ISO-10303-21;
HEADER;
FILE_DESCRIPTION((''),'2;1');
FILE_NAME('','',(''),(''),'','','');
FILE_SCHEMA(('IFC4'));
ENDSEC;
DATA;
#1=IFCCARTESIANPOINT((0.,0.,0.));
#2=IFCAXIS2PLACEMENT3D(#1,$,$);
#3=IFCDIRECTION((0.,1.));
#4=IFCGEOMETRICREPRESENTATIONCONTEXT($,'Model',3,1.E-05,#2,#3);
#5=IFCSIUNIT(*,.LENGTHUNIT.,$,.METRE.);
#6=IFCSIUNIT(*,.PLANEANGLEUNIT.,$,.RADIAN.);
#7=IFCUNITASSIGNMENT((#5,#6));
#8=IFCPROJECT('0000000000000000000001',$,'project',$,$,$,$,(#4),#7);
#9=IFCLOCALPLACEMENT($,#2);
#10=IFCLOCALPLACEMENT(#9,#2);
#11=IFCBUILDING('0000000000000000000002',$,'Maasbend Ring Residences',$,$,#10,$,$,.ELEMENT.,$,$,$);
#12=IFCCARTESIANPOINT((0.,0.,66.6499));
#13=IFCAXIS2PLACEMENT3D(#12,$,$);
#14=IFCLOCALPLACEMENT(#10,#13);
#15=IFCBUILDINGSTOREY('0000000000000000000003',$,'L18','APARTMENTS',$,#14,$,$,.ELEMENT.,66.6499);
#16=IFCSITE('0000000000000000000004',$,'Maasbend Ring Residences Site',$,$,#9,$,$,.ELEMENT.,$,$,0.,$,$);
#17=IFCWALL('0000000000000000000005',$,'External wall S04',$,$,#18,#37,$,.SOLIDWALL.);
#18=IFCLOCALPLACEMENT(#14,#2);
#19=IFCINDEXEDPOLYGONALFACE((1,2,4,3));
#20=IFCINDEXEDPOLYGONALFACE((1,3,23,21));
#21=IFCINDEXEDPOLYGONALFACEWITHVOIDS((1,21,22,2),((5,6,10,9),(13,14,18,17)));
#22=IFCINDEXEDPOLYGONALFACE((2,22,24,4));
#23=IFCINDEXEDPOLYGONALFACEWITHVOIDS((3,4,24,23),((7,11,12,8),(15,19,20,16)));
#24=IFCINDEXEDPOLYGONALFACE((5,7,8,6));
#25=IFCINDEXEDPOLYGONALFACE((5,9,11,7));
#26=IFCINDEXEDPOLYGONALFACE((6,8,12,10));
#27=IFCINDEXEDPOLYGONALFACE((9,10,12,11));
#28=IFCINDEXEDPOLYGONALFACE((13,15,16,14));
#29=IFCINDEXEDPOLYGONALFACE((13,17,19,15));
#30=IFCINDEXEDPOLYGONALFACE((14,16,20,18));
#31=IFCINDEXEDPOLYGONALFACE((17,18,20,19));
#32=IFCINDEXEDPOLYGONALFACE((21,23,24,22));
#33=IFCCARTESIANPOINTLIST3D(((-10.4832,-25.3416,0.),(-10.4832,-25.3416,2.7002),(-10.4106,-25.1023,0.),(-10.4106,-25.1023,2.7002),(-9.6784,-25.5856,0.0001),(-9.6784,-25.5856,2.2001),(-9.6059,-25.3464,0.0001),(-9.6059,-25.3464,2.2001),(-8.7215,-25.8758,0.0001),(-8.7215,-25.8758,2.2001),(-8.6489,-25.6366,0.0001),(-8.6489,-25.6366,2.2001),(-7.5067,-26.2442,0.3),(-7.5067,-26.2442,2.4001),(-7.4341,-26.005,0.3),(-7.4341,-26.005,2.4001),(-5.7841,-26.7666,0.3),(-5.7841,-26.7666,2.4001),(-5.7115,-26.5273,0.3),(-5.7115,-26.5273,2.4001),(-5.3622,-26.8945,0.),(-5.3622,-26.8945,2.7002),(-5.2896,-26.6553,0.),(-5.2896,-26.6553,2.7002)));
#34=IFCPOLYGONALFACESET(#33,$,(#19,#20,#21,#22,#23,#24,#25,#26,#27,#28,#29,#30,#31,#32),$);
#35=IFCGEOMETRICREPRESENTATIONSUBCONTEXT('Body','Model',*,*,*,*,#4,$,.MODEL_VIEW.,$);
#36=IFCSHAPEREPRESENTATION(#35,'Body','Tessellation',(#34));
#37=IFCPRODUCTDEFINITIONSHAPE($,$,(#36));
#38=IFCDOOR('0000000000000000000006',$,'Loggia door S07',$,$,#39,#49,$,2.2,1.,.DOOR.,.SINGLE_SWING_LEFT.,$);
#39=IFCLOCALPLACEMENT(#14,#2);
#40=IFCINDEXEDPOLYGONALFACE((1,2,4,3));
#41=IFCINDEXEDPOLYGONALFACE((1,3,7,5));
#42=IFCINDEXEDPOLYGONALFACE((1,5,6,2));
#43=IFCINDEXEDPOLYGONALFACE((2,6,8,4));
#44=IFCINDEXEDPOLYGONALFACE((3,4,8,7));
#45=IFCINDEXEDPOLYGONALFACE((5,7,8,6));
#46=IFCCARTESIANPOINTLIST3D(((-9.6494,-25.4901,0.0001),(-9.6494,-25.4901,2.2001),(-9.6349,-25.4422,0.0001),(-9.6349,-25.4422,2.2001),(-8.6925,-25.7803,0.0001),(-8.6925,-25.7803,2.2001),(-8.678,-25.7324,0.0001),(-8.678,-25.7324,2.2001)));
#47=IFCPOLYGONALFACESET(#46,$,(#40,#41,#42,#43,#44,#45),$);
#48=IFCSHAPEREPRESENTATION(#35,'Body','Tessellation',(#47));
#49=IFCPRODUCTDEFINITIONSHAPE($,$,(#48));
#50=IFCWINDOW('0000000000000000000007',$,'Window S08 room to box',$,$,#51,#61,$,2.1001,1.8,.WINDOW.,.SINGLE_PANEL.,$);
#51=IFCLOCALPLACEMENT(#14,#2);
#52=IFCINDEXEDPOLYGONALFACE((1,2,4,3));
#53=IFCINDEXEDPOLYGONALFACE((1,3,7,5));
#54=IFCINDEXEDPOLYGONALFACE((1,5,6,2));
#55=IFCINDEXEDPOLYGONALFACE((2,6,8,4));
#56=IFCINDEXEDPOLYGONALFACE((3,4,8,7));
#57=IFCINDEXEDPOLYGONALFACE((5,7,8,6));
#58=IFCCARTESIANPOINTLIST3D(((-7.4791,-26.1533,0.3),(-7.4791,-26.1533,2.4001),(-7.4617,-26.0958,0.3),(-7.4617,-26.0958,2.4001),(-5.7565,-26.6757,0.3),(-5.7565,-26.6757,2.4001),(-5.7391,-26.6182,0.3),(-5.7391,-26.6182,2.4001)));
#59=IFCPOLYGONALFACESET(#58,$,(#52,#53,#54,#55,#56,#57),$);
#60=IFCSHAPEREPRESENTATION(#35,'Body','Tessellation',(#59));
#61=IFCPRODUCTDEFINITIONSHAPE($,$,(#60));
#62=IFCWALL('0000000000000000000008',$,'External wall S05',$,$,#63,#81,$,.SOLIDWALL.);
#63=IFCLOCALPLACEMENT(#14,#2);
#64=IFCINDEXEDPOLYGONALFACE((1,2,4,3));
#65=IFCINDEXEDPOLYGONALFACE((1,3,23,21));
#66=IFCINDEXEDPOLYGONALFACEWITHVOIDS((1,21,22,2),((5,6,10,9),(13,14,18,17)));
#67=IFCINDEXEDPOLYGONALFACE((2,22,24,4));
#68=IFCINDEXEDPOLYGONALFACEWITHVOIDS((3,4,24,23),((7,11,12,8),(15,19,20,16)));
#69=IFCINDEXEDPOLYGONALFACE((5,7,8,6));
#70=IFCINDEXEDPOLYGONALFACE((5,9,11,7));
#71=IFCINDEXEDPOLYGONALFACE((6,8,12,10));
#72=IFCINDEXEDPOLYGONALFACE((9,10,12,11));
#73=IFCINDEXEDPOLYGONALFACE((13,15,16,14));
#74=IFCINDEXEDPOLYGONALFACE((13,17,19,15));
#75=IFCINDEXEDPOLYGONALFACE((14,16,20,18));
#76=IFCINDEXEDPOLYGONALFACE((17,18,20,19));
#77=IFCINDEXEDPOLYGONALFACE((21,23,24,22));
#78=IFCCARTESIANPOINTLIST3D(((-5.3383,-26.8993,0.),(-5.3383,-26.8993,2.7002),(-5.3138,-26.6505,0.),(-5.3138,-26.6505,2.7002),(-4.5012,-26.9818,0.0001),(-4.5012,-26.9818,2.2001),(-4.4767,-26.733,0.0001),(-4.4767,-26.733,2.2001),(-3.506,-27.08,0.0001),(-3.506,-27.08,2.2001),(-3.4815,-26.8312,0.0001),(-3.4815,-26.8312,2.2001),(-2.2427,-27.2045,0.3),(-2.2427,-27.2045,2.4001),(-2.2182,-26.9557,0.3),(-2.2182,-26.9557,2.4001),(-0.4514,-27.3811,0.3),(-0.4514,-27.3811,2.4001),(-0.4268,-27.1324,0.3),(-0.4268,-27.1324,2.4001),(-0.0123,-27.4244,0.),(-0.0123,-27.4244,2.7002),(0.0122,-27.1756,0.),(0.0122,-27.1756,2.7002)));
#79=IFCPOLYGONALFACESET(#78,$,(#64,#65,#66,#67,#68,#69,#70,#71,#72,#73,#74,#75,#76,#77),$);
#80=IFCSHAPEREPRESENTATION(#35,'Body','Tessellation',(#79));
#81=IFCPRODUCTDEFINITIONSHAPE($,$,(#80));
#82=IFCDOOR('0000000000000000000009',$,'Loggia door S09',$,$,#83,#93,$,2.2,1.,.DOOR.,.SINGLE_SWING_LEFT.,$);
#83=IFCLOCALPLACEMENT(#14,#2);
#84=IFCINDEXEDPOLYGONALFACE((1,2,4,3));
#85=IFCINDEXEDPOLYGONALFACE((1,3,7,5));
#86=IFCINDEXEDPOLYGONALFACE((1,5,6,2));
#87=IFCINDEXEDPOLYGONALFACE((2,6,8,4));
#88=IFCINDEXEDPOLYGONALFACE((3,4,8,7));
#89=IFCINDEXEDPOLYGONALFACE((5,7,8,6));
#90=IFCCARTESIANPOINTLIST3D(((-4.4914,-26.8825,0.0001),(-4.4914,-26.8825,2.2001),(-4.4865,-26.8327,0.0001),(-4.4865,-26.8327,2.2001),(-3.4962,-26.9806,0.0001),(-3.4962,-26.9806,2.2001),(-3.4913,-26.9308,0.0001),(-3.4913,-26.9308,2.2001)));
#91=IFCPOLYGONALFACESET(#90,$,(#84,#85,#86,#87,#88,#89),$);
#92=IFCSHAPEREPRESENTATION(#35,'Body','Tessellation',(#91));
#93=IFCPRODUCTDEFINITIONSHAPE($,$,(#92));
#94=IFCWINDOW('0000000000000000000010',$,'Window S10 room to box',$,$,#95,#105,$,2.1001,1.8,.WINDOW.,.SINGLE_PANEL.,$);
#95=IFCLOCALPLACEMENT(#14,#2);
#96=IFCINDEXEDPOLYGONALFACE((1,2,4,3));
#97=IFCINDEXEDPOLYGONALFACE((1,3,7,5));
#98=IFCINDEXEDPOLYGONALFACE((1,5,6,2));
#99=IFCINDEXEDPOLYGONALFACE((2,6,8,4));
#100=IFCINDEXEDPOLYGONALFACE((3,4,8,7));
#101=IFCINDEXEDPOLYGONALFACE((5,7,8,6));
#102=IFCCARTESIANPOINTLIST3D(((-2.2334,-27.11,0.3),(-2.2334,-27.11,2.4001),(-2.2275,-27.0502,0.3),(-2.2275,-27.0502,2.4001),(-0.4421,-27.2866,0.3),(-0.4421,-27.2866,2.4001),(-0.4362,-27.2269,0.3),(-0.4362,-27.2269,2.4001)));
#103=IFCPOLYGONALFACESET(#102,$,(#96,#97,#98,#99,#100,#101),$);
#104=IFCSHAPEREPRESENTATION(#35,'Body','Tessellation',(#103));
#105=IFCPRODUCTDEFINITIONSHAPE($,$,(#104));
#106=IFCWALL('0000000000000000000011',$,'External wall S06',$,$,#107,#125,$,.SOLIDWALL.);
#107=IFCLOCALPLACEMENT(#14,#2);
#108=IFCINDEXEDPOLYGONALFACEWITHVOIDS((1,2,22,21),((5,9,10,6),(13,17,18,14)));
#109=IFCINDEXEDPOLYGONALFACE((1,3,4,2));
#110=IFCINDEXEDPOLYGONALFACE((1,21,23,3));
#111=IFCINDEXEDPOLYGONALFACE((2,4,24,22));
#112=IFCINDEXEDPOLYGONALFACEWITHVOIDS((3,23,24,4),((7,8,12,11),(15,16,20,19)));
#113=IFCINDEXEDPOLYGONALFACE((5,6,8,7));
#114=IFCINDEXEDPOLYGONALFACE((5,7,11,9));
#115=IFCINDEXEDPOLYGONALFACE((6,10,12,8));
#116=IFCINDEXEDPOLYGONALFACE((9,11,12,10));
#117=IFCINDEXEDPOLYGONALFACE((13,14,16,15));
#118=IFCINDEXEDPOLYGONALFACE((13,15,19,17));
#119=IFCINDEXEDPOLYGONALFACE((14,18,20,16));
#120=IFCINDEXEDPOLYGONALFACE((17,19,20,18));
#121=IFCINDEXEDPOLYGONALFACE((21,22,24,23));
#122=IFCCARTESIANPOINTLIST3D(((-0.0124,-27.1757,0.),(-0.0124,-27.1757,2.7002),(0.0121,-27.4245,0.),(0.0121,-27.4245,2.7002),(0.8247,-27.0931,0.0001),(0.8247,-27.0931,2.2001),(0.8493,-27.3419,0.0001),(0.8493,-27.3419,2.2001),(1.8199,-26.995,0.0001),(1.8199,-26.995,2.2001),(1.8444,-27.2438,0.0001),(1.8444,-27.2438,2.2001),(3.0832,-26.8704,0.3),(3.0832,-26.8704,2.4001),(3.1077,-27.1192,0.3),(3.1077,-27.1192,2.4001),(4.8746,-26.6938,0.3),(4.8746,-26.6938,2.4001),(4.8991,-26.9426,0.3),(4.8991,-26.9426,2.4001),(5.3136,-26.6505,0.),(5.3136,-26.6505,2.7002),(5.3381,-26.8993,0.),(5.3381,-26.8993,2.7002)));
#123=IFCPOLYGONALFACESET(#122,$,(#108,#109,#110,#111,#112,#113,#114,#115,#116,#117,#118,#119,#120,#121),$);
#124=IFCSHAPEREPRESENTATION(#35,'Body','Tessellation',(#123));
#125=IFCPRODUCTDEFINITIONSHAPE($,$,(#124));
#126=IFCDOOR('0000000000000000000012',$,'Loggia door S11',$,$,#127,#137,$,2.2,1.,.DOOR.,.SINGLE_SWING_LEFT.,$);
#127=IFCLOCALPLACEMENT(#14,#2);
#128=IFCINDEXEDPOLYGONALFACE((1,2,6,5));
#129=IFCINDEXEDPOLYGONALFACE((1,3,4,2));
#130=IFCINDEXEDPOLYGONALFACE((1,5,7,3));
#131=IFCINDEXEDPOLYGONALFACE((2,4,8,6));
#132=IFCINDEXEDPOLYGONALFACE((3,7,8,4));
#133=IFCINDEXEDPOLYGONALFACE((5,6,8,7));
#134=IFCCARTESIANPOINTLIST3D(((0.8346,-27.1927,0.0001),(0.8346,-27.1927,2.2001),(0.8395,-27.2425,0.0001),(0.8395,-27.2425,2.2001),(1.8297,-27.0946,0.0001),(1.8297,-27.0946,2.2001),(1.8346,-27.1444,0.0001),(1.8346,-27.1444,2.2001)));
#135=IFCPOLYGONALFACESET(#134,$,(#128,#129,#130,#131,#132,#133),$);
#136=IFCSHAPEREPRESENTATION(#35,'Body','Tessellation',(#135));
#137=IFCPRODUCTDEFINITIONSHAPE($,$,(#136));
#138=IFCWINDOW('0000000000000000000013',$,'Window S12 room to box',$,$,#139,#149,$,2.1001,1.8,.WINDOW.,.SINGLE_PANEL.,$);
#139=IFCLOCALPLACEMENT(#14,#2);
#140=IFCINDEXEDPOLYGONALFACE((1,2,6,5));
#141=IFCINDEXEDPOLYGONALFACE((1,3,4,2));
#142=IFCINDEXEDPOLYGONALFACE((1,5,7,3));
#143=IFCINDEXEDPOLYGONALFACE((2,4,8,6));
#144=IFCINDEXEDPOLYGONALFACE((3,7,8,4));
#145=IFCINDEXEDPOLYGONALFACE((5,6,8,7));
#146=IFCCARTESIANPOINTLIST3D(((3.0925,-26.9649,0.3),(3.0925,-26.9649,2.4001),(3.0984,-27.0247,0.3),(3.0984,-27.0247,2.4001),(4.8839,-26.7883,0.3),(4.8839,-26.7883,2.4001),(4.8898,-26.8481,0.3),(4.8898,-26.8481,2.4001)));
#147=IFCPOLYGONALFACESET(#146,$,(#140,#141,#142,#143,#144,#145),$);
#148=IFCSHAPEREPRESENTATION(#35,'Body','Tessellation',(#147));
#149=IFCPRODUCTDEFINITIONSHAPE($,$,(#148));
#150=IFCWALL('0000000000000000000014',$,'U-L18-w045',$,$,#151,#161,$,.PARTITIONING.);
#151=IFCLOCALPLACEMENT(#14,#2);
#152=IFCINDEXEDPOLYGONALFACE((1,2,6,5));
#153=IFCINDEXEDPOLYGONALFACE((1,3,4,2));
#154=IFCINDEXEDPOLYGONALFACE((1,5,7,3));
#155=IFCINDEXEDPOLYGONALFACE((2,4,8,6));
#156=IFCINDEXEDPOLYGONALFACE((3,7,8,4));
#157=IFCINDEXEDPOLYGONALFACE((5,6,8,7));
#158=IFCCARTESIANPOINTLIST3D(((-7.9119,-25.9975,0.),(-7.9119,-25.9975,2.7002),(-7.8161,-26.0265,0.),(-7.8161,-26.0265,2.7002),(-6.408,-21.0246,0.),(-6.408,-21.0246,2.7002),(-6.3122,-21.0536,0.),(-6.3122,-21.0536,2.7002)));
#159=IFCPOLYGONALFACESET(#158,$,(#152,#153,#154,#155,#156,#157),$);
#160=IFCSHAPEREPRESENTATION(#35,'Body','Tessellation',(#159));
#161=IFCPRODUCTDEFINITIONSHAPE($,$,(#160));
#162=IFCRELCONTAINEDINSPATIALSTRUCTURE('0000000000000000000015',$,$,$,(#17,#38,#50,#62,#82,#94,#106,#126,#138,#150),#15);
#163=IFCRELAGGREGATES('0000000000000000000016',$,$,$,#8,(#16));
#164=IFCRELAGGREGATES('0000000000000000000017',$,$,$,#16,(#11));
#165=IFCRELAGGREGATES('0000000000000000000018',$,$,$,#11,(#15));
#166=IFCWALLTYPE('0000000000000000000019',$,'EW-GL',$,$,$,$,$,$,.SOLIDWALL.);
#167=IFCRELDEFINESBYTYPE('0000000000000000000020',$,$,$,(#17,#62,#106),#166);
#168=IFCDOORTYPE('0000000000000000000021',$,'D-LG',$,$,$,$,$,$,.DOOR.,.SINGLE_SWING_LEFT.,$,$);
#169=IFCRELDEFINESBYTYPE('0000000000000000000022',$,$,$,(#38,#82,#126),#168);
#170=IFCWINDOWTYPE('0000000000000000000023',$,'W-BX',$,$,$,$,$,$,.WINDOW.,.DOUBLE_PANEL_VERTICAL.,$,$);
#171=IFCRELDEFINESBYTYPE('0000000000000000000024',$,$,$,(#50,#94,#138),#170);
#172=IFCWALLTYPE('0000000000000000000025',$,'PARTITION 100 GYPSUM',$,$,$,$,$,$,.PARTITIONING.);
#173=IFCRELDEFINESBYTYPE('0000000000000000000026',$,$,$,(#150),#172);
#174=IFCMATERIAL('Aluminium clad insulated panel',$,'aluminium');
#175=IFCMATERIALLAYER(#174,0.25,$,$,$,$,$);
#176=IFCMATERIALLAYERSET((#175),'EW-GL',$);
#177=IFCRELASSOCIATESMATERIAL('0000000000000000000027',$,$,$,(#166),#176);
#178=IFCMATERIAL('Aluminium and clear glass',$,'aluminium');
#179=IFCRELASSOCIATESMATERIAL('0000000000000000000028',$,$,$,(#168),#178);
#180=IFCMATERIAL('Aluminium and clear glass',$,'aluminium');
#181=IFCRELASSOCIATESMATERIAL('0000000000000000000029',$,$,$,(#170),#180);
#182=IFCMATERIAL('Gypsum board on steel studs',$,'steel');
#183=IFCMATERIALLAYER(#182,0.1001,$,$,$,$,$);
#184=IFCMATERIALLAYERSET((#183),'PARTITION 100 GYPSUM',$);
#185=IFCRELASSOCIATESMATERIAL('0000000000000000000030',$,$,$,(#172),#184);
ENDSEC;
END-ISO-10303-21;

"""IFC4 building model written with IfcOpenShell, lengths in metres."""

from ifc_helpers import new_model, si_unit, direction, frame, frame_2d, origin, place, context, subcontext, project, spatial, rectangle, extrude, material, layer, layer_set, type_object, element, fill, save


model = new_model("IFC4")

# Units and contexts
model_context = context("Model", 3, precision=1e-05, world=origin(), true_north=direction((0.0, 1.0)))
body_context = subcontext(model_context, "Body", "Model", "MODEL_VIEW")
ifc_project = project(units=[si_unit("LENGTHUNIT", "METRE"), si_unit("PLANEANGLEUNIT", "RADIAN")], contexts=[model_context])

# Site, building, storey
site_placement = place(None, origin())
site = spatial("IfcSite", under=ifc_project, at=site_placement, Name="Maasbend Ring Residences Site", CompositionType="ELEMENT", RefElevation=0.0)
building_placement = place(site_placement, origin())
building = spatial("IfcBuilding", under=site, at=building_placement, Name="Maasbend Ring Residences", CompositionType="ELEMENT")
storey_placement = place(building_placement, frame((0.0, 0.0, 66.6499)))
storey = spatial("IfcBuildingStorey", under=building, at=storey_placement, Name="L18", Description="APARTMENTS", CompositionType="ELEMENT", Elevation=66.6499)

# Walls, openings, doors, windows
ifc_material_1 = material(Name="Aluminium clad insulated panel", Category="aluminium")
ifc_layer_1 = layer(ifc_material_1, 0.25)
ifc_layer_set_1 = layer_set([ifc_layer_1], Name="EW-GL")
wall_type_1 = type_object("IfcWallType", Name="EW-GL", PredefinedType="SOLIDWALL", material=ifc_layer_set_1)
wall_1_placement = place(storey_placement, frame((-10.447, -25.2219, 0.0), z_axis=(0.0, 0.0, 1.0), x_axis=(0.956966, -0.290201, 0.0)))
wall_1 = element("IfcWall", 1, at=wall_1_placement, inside=storey, type_object=wall_type_1, Name="External wall S04", PredefinedType="SOLIDWALL", context=body_context, shape_type="SweptSolid", body=[
    extrude(rectangle(XDim=5.3513, YDim=0.25, at=frame_2d((2.6758, 0.0))), origin(), (0.0, 0.0, 1.0), 2.7002),
])
opening_1_placement = place(wall_1_placement, frame((0.8411, 0.0, 0.0)))
opening_1 = element("IfcOpeningElement", 2, at=opening_1_placement, cuts=wall_1, PredefinedType="OPENING", context=body_context, shape_type="SweptSolid", body=[
    extrude(rectangle(XDim=1.0, YDim=2.2, at=frame_2d((0.5, 1.1001))), frame((0.0, 0.135, 0.0), z_axis=(0.0, -1.0, 0.0), x_axis=(1.0, 0.0, 0.0)), (0.0, 0.0, 1.0), 0.27),
])
opening_2_placement = place(wall_1_placement, frame((3.1106, 0.0, 0.3)))
opening_2 = element("IfcOpeningElement", 3, at=opening_2_placement, cuts=wall_1, PredefinedType="OPENING", context=body_context, shape_type="SweptSolid", body=[
    extrude(rectangle(XDim=1.8, YDim=2.1001, at=frame_2d((0.8999, 1.05))), frame((0.0, 0.135, 0.0), z_axis=(0.0, -1.0, 0.0), x_axis=(1.0, 0.0, 0.0)), (0.0, 0.0, 1.0), 0.27),
])
ifc_material_2 = material(Name="Aluminium and clear glass", Category="aluminium")
door_type = type_object("IfcDoorType", Name="D-LG", OperationType="SINGLE_SWING_LEFT", PredefinedType="DOOR", material=ifc_material_2)
door_1_placement = place(opening_1_placement, origin())
door_1 = element("IfcDoor", 4, at=door_1_placement, inside=storey, type_object=door_type, Name="Loggia door S07", OperationType="SINGLE_SWING_LEFT", OverallHeight=2.2, OverallWidth=1.0, PredefinedType="DOOR", context=body_context, shape_type="SweptSolid", body=[
    extrude(rectangle(XDim=1.0, YDim=2.2, at=frame_2d((0.5, 1.1001))), frame((0.0, 0.0249, 0.0), z_axis=(0.0, -1.0, 0.0), x_axis=(1.0, 0.0, 0.0)), (0.0, 0.0, 1.0), 0.05),
])
fill(opening_1, door_1)
ifc_material_3 = material(Name="Aluminium and clear glass", Category="aluminium")
window_type_1 = type_object("IfcWindowType", Name="W-BX", PartitioningType="DOUBLE_PANEL_VERTICAL", PredefinedType="WINDOW", material=ifc_material_3)
window_1_placement = place(opening_2_placement, origin())
window_1 = element("IfcWindow", 5, at=window_1_placement, inside=storey, type_object=window_type_1, Name="Window S08 room to box", OverallHeight=2.1001, OverallWidth=1.8, PartitioningType="SINGLE_PANEL", PredefinedType="WINDOW", context=body_context, shape_type="SweptSolid", body=[
    extrude(rectangle(XDim=1.8, YDim=2.1001, at=frame_2d((0.8999, 1.05))), frame((0.0, 0.03, 0.0), z_axis=(0.0, -1.0, 0.0), x_axis=(1.0, 0.0, 0.0)), (0.0, 0.0, 1.0), 0.0601),
])
fill(opening_2, window_1)
wall_2_placement = place(storey_placement, frame((-5.3259, -26.7749, 0.0), z_axis=(0.0, 0.0, 1.0), x_axis=(0.995174, -0.098126, 0.0)))
wall_2 = element("IfcWall", 6, at=wall_2_placement, inside=storey, type_object=wall_type_1, Name="External wall S05", PredefinedType="SOLIDWALL", context=body_context, shape_type="SweptSolid", body=[
    extrude(rectangle(XDim=5.3518, YDim=0.25, at=frame_2d((2.6758, 0.0))), origin(), (0.0, 0.0, 1.0), 2.7002),
])
opening_3_placement = place(wall_2_placement, frame((0.8411, 0.0, 0.0)))
opening_3 = element("IfcOpeningElement", 7, at=opening_3_placement, cuts=wall_2, PredefinedType="OPENING", context=body_context, shape_type="SweptSolid", body=[
    extrude(rectangle(XDim=1.0, YDim=2.2, at=frame_2d((0.5, 1.1001))), frame((0.0, 0.135, 0.0), z_axis=(0.0, -1.0, 0.0), x_axis=(1.0, 0.0, 0.0)), (0.0, 0.0, 1.0), 0.27),
])
opening_4_placement = place(wall_2_placement, frame((3.1106, 0.0, 0.3)))
opening_4 = element("IfcOpeningElement", 8, at=opening_4_placement, cuts=wall_2, PredefinedType="OPENING", context=body_context, shape_type="SweptSolid", body=[
    extrude(rectangle(XDim=1.8, YDim=2.1001, at=frame_2d((0.8999, 1.05))), frame((0.0, 0.135, 0.0), z_axis=(0.0, -1.0, 0.0), x_axis=(1.0, 0.0, 0.0)), (0.0, 0.0, 1.0), 0.27),
])
door_2_placement = place(opening_3_placement, origin())
door_2 = element("IfcDoor", 9, at=door_2_placement, inside=storey, type_object=door_type, Name="Loggia door S09", OperationType="SINGLE_SWING_LEFT", OverallHeight=2.2, OverallWidth=1.0, PredefinedType="DOOR", context=body_context, shape_type="SweptSolid", body=[
    extrude(rectangle(XDim=1.0, YDim=2.2, at=frame_2d((0.5, 1.1001))), frame((0.0, 0.0249, 0.0), z_axis=(0.0, -1.0, 0.0), x_axis=(1.0, 0.0, 0.0)), (0.0, 0.0, 1.0), 0.05),
])
fill(opening_3, door_2)
window_2_placement = place(opening_4_placement, origin())
window_2 = element("IfcWindow", 10, at=window_2_placement, inside=storey, type_object=window_type_1, Name="Window S10 room to box", OverallHeight=2.1001, OverallWidth=1.8, PartitioningType="SINGLE_PANEL", PredefinedType="WINDOW", context=body_context, shape_type="SweptSolid", body=[
    extrude(rectangle(XDim=1.8, YDim=2.1001, at=frame_2d((0.8999, 1.05))), frame((0.0, 0.03, 0.0), z_axis=(0.0, -1.0, 0.0), x_axis=(1.0, 0.0, 0.0)), (0.0, 0.0, 1.0), 0.0601),
])
fill(opening_4, window_2)
wall_3_placement = place(storey_placement, frame((0.0, -27.3, 0.0), z_axis=(0.0, 0.0, 1.0), x_axis=(0.995174, 0.098126, 0.0)))
wall_3 = element("IfcWall", 11, at=wall_3_placement, inside=storey, type_object=wall_type_1, Name="External wall S06", PredefinedType="SOLIDWALL", context=body_context, shape_type="SweptSolid", body=[
    extrude(rectangle(XDim=5.3518, YDim=0.25, at=frame_2d((2.6758, 0.0))), origin(), (0.0, 0.0, 1.0), 2.7002),
])
opening_5_placement = place(wall_3_placement, frame((0.8411, 0.0, 0.0)))
opening_5 = element("IfcOpeningElement", 12, at=opening_5_placement, cuts=wall_3, PredefinedType="OPENING", context=body_context, shape_type="SweptSolid", body=[
    extrude(rectangle(XDim=1.0, YDim=2.2, at=frame_2d((0.5, 1.1001))), frame((0.0, 0.135, 0.0), z_axis=(0.0, -1.0, 0.0), x_axis=(1.0, 0.0, 0.0)), (0.0, 0.0, 1.0), 0.27),
])
opening_6_placement = place(wall_3_placement, frame((3.1106, 0.0, 0.3)))
opening_6 = element("IfcOpeningElement", 13, at=opening_6_placement, cuts=wall_3, PredefinedType="OPENING", context=body_context, shape_type="SweptSolid", body=[
    extrude(rectangle(XDim=1.8, YDim=2.1001, at=frame_2d((0.8999, 1.05))), frame((0.0, 0.135, 0.0), z_axis=(0.0, -1.0, 0.0), x_axis=(1.0, 0.0, 0.0)), (0.0, 0.0, 1.0), 0.27),
])
door_3_placement = place(opening_5_placement, origin())
door_3 = element("IfcDoor", 14, at=door_3_placement, inside=storey, type_object=door_type, Name="Loggia door S11", OperationType="SINGLE_SWING_LEFT", OverallHeight=2.2, OverallWidth=1.0, PredefinedType="DOOR", context=body_context, shape_type="SweptSolid", body=[
    extrude(rectangle(XDim=1.0, YDim=2.2, at=frame_2d((0.5, 1.1001))), frame((0.0, 0.0249, 0.0), z_axis=(0.0, -1.0, 0.0), x_axis=(1.0, 0.0, 0.0)), (0.0, 0.0, 1.0), 0.05),
])
fill(opening_5, door_3)
window_3_placement = place(opening_6_placement, origin())
window_3 = element("IfcWindow", 15, at=window_3_placement, inside=storey, type_object=window_type_1, Name="Window S12 room to box", OverallHeight=2.1001, OverallWidth=1.8, PartitioningType="SINGLE_PANEL", PredefinedType="WINDOW", context=body_context, shape_type="SweptSolid", body=[
    extrude(rectangle(XDim=1.8, YDim=2.1001, at=frame_2d((0.8999, 1.05))), frame((0.0, 0.03, 0.0), z_axis=(0.0, -1.0, 0.0), x_axis=(1.0, 0.0, 0.0)), (0.0, 0.0, 1.0), 0.0601),
])
fill(opening_6, window_3)

# Wall
ifc_material_4 = material(Name="Gypsum board on steel studs", Category="steel")
ifc_layer_2 = layer(ifc_material_4, 0.1001)
ifc_layer_set_2 = layer_set([ifc_layer_2], Name="PARTITION 100 GYPSUM")
wall_type_2 = type_object("IfcWallType", Name="PARTITION 100 GYPSUM", PredefinedType="PARTITIONING", material=ifc_layer_set_2)
wall_4_placement = place(storey_placement, frame((-7.864, -26.012, 0.0), z_axis=(0.0, 0.0, 1.0), x_axis=(0.289473, 0.957186, 0.0)))
element("IfcWall", 16, at=wall_4_placement, inside=storey, type_object=wall_type_2, Name="U-L18-w045", PredefinedType="PARTITIONING", context=body_context, shape_type="SweptSolid", body=[
    extrude(rectangle(XDim=5.1953, YDim=0.1001, at=frame_2d((2.5977, 0.0))), origin(), (0.0, 0.0, 1.0), 2.7002),
])

save(model, "model.ifc")
